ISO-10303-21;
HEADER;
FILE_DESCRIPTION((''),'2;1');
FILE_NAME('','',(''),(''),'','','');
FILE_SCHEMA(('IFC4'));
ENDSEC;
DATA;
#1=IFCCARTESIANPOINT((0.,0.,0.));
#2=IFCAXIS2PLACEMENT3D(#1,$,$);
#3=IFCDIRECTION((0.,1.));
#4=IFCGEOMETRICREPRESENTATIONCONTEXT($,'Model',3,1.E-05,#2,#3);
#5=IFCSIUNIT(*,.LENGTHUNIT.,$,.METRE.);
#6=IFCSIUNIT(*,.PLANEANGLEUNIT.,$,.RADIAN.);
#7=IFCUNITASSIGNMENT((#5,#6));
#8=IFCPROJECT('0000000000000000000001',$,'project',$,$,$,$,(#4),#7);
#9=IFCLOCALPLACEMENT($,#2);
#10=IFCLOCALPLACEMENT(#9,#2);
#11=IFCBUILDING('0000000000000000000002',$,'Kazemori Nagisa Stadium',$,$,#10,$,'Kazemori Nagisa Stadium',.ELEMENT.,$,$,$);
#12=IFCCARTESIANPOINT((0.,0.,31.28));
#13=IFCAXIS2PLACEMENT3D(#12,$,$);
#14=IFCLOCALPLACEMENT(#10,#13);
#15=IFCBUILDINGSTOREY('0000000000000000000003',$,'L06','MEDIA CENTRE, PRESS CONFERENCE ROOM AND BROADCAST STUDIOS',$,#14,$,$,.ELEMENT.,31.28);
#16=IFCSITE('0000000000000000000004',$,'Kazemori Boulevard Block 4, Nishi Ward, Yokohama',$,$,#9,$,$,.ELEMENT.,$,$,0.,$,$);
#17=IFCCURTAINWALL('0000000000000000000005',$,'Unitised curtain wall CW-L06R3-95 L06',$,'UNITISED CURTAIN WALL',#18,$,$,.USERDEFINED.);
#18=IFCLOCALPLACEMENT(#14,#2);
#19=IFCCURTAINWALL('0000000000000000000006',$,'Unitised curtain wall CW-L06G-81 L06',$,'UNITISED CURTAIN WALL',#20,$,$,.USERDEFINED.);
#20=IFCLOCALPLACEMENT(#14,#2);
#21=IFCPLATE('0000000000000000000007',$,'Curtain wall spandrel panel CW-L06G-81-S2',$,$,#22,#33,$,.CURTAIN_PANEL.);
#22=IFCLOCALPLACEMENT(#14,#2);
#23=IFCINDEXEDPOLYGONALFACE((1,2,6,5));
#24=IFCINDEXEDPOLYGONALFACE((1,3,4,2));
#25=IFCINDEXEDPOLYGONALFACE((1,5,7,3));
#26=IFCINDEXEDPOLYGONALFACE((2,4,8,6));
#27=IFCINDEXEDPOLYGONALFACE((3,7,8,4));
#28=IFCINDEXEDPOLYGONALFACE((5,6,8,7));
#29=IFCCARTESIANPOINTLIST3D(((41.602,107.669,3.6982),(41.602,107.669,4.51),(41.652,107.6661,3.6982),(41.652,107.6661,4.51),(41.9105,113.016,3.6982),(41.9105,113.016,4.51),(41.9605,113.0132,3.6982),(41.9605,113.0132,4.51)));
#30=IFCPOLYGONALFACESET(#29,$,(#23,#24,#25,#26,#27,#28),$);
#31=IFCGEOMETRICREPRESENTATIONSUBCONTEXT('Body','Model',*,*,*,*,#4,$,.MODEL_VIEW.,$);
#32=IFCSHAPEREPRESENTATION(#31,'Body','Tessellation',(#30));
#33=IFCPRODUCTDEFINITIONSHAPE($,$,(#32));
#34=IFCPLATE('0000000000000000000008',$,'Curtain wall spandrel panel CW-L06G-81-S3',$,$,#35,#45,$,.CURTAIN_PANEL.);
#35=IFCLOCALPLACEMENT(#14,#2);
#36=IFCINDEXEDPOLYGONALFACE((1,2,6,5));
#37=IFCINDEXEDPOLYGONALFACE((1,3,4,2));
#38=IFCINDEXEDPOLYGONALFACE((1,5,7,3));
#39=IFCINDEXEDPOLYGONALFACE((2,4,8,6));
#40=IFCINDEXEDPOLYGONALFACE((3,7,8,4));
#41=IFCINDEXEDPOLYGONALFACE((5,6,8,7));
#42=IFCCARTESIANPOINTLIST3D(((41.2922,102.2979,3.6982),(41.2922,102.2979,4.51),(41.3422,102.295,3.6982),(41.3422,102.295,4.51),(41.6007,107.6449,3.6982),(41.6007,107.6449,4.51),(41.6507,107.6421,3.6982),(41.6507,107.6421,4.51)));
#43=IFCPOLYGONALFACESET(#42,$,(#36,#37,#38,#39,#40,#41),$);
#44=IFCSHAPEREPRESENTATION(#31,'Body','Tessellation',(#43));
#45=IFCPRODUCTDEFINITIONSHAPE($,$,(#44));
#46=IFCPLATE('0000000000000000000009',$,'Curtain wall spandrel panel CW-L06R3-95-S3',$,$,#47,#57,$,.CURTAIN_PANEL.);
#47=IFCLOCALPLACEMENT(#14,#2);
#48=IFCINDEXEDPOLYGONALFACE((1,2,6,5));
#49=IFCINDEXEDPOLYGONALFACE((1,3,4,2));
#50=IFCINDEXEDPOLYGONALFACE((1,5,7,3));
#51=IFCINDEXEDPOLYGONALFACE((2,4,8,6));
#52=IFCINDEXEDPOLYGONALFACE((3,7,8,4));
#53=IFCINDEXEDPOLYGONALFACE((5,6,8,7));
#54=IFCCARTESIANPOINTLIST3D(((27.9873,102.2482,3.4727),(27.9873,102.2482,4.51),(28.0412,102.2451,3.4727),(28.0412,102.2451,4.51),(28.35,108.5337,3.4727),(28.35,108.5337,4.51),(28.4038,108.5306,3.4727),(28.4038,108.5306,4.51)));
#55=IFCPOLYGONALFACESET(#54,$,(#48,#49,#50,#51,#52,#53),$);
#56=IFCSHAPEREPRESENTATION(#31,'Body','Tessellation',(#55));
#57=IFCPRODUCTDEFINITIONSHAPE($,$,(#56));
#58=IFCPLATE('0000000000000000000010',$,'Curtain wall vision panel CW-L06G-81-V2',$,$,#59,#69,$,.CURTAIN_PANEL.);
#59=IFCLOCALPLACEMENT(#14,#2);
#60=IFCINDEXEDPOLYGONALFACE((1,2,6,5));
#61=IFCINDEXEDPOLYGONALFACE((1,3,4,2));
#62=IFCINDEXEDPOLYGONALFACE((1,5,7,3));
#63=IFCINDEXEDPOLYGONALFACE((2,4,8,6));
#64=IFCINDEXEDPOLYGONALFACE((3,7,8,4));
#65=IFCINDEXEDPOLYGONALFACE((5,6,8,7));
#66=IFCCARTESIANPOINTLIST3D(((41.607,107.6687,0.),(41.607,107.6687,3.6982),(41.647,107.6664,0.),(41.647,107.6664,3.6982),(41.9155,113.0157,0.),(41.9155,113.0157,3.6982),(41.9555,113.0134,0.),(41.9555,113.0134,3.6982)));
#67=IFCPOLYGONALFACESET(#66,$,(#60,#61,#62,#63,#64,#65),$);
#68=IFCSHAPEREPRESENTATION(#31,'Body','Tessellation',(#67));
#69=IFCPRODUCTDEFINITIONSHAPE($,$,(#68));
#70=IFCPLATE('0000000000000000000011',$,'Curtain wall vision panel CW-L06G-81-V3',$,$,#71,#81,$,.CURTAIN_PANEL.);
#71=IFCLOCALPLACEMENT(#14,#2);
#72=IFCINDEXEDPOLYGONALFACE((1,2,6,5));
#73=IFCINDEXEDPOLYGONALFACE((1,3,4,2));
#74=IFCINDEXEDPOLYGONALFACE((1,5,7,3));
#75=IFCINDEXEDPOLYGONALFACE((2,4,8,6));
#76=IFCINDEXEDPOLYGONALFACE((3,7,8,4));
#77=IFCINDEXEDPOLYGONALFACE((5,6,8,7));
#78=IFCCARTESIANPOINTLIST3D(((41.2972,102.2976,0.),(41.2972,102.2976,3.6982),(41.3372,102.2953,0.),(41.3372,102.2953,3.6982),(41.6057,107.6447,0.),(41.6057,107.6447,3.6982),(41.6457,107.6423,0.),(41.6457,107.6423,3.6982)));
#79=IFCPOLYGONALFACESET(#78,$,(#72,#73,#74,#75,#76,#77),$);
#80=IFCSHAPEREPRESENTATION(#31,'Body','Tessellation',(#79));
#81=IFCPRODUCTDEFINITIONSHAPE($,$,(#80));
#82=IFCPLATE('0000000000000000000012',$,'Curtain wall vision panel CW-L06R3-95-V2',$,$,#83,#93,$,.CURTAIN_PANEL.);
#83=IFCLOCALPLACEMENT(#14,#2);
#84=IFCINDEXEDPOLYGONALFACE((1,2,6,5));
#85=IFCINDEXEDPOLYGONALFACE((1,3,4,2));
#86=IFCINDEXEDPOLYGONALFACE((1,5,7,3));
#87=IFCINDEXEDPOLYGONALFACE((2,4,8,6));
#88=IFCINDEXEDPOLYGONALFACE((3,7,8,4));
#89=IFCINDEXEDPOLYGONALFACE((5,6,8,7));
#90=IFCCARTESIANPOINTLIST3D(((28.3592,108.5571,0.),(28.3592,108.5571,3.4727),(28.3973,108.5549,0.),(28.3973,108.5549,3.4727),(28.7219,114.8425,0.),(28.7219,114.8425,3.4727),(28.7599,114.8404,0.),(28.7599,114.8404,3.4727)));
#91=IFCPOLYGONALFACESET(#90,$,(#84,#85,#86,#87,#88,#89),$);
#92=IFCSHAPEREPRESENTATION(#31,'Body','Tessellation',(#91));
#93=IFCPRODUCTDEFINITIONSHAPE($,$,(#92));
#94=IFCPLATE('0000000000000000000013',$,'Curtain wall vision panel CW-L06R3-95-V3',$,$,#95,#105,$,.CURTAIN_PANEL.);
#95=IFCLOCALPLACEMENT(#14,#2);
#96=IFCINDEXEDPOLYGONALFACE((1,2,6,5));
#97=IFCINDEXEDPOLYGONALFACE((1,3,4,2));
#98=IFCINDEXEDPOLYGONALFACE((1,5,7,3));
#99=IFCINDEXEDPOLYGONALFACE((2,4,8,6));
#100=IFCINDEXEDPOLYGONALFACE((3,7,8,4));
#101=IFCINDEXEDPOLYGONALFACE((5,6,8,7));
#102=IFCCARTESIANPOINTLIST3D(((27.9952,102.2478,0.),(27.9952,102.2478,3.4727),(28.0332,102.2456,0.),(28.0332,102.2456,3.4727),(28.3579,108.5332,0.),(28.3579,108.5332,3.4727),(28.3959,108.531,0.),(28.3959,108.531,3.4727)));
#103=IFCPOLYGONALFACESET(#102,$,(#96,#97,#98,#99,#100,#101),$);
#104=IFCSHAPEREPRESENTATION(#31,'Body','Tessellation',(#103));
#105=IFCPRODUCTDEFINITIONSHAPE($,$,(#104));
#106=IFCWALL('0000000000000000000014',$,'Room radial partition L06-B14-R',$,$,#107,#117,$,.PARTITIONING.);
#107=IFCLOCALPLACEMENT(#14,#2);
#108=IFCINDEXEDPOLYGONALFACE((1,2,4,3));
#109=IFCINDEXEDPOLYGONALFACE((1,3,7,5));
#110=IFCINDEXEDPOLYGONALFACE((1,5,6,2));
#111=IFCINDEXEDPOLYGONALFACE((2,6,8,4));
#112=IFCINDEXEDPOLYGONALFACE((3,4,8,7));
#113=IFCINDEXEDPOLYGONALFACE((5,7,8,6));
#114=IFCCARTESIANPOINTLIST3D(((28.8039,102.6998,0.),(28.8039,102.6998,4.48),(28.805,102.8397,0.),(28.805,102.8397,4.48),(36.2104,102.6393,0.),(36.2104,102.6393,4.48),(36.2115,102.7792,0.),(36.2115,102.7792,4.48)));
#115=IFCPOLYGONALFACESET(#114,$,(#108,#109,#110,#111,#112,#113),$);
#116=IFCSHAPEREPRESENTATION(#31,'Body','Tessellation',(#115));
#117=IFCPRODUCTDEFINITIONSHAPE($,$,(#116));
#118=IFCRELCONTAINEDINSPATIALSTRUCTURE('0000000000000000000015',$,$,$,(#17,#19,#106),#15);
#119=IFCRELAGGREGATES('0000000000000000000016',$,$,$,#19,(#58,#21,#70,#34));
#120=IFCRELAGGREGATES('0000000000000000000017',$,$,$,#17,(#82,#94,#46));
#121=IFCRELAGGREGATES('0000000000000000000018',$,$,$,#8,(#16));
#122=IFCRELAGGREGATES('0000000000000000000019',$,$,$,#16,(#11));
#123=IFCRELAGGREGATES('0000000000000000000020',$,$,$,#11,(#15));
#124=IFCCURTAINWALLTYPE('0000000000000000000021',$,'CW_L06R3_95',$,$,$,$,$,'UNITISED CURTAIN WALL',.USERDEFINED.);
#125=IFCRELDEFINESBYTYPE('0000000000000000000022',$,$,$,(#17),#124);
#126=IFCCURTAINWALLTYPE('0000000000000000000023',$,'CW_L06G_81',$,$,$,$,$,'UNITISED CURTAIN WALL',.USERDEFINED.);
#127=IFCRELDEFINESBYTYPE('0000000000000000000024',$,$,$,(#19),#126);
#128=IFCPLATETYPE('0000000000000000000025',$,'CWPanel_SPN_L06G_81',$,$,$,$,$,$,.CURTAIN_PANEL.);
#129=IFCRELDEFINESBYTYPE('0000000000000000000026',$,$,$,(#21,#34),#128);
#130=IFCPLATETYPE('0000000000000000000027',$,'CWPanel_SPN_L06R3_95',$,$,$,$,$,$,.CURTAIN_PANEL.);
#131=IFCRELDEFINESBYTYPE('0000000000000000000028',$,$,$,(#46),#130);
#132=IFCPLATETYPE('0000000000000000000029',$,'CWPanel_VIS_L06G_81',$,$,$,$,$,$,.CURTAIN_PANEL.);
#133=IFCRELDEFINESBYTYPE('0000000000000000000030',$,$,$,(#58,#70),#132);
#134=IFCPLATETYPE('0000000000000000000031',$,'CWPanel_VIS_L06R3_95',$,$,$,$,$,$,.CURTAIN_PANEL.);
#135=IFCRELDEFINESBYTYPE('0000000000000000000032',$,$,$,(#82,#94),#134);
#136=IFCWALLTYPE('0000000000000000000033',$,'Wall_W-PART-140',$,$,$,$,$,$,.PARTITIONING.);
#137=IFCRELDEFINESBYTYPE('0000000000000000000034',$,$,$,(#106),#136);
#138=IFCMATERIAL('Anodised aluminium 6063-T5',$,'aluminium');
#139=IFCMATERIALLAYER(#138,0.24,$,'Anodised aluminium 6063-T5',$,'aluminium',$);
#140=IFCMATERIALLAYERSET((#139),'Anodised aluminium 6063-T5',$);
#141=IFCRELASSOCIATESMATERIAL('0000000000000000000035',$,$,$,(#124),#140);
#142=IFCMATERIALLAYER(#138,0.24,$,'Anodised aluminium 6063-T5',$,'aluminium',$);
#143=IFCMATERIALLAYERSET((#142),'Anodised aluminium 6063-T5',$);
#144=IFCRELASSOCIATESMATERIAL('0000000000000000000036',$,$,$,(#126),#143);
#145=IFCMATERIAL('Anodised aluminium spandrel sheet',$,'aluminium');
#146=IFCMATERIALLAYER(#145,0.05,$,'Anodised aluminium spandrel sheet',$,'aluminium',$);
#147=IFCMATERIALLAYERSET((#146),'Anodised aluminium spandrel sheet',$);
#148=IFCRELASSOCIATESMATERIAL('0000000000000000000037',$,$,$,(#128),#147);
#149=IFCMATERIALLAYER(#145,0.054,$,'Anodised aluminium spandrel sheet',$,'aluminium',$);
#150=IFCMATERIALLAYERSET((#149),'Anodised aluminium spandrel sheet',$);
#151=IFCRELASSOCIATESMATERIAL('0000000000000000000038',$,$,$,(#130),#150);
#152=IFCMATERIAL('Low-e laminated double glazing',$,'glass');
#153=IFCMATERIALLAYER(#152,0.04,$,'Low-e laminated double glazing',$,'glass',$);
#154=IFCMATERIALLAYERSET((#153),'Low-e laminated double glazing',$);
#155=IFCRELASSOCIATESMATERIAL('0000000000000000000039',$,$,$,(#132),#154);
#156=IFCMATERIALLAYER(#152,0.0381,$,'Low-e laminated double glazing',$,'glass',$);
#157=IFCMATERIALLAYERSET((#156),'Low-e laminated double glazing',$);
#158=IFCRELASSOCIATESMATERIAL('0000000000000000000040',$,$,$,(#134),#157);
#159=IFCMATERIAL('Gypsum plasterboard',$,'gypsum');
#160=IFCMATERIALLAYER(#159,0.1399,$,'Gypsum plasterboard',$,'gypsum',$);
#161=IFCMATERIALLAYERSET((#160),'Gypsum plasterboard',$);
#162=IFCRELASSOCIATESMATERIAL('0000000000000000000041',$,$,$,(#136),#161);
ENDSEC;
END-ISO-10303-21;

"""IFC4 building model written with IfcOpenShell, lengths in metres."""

from ifc_helpers import new_model, si_unit, direction, frame, frame_2d, origin, origin_2d, place, context, subcontext, project, spatial, rectangle, extrude, material, layer, layer_set, type_object, element, aggregate, save


model = new_model("IFC4")

# Units and contexts
model_context = context("Model", 3, precision=1e-05, world=origin(), true_north=direction((0.0, 1.0)))
body_context = subcontext(model_context, "Body", "Model", "MODEL_VIEW")
ifc_project = project(units=[si_unit("LENGTHUNIT", "METRE"), si_unit("PLANEANGLEUNIT", "RADIAN")], contexts=[model_context])

# Site, building, storey
site_placement = place(None, origin())
site = spatial("IfcSite", under=ifc_project, at=site_placement, Name="Kazemori Boulevard Block 4, Nishi Ward, Yokohama", CompositionType="ELEMENT", RefElevation=0.0)
building_placement = place(site_placement, origin())
building = spatial("IfcBuilding", under=site, at=building_placement, Name="Kazemori Nagisa Stadium", LongName="Kazemori Nagisa Stadium", CompositionType="ELEMENT")
storey_placement = place(building_placement, frame((0.0, 0.0, 31.28)))
storey = spatial("IfcBuildingStorey", under=building, at=storey_placement, Name="L06", Description="MEDIA CENTRE, PRESS CONFERENCE ROOM AND BROADCAST STUDIOS", CompositionType="ELEMENT", Elevation=31.28)

# Curtain walls
ifc_material_1 = material(Name="Anodised aluminium 6063-T5", Category="aluminium")
ifc_layer_1 = layer(ifc_material_1, 0.24, Name="Anodised aluminium 6063-T5", Category="aluminium")
ifc_layer_set_1 = layer_set([ifc_layer_1], Name="Anodised aluminium 6063-T5")
curtain_wall_type_1 = type_object("IfcCurtainWallType", Name="CW_L06R3_95", ElementType="UNITISED CURTAIN WALL", PredefinedType="USERDEFINED", material=ifc_layer_set_1)
curtain_wall_1_placement = place(storey_placement, origin())
curtain_wall_1 = element("IfcCurtainWall", 1, at=curtain_wall_1_placement, inside=storey, type_object=curtain_wall_type_1, Name="Unitised curtain wall CW-L06R3-95 L06", ObjectType="UNITISED CURTAIN WALL", PredefinedType="USERDEFINED")
ifc_layer_2 = layer(ifc_material_1, 0.24, Name="Anodised aluminium 6063-T5", Category="aluminium")
ifc_layer_set_2 = layer_set([ifc_layer_2], Name="Anodised aluminium 6063-T5")
curtain_wall_type_2 = type_object("IfcCurtainWallType", Name="CW_L06G_81", ElementType="UNITISED CURTAIN WALL", PredefinedType="USERDEFINED", material=ifc_layer_set_2)
curtain_wall_2_placement = place(storey_placement, origin())
curtain_wall_2 = element("IfcCurtainWall", 2, at=curtain_wall_2_placement, inside=storey, type_object=curtain_wall_type_2, Name="Unitised curtain wall CW-L06G-81 L06", ObjectType="UNITISED CURTAIN WALL", PredefinedType="USERDEFINED")

# Plates
ifc_material_2 = material(Name="Anodised aluminium spandrel sheet", Category="aluminium")
ifc_layer_3 = layer(ifc_material_2, 0.05, Name="Anodised aluminium spandrel sheet", Category="aluminium")
ifc_layer_set_3 = layer_set([ifc_layer_3], Name="Anodised aluminium spandrel sheet")
plate_type_1 = type_object("IfcPlateType", Name="CWPanel_SPN_L06G_81", PredefinedType="CURTAIN_PANEL", material=ifc_layer_set_3)
plate_1_placement = place(storey_placement, frame((41.7812, 110.3411, 3.6982), z_axis=(0.0, 0.0, 1.0), x_axis=(-0.057602, -0.99834, 0.0)))
plate_1 = element("IfcPlate", 3, at=plate_1_placement, type_object=plate_type_1, Name="Curtain wall spandrel panel CW-L06G-81-S2", PredefinedType="CURTAIN_PANEL", context=body_context, shape_type="SweptSolid", body=[
    extrude(rectangle(XDim=5.356, YDim=0.05, at=origin_2d()), origin(), (0.0, 0.0, 1.0), 0.8118),
])
plate_2_placement = place(storey_placement, frame((41.4714, 104.97, 3.6982), z_axis=(0.0, 0.0, 1.0), x_axis=(-0.057602, -0.99834, 0.0)))
plate_2 = element("IfcPlate", 4, at=plate_2_placement, type_object=plate_type_1, Name="Curtain wall spandrel panel CW-L06G-81-S3", PredefinedType="CURTAIN_PANEL", context=body_context, shape_type="SweptSolid", body=[
    extrude(rectangle(XDim=5.356, YDim=0.05, at=origin_2d()), origin(), (0.0, 0.0, 1.0), 0.8118),
])
ifc_layer_4 = layer(ifc_material_2, 0.054, Name="Anodised aluminium spandrel sheet", Category="aluminium")
ifc_layer_set_4 = layer_set([ifc_layer_4], Name="Anodised aluminium spandrel sheet")
plate_type_2 = type_object("IfcPlateType", Name="CWPanel_SPN_L06R3_95", PredefinedType="CURTAIN_PANEL", material=ifc_layer_set_4)
plate_3_placement = place(storey_placement, frame((28.1956, 105.3894, 3.4727), z_axis=(0.0, 0.0, 1.0), x_axis=(-0.057602, -0.99834, 0.0)))
plate_3 = element("IfcPlate", 5, at=plate_3_placement, type_object=plate_type_2, Name="Curtain wall spandrel panel CW-L06R3-95-S3", PredefinedType="CURTAIN_PANEL", context=body_context, shape_type="SweptSolid", body=[
    extrude(rectangle(XDim=6.2959, YDim=0.054, at=origin_2d()), origin(), (0.0, 0.0, 1.0), 1.0374),
])
ifc_material_3 = material(Name="Low-e laminated double glazing", Category="glass")
ifc_layer_5 = layer(ifc_material_3, 0.04, Name="Low-e laminated double glazing", Category="glass")
ifc_layer_set_5 = layer_set([ifc_layer_5], Name="Low-e laminated double glazing")
plate_type_3 = type_object("IfcPlateType", Name="CWPanel_VIS_L06G_81", PredefinedType="CURTAIN_PANEL", material=ifc_layer_set_5)
plate_4_placement = place(storey_placement, frame((41.7812, 110.3411, 0.0), z_axis=(0.0, 0.0, 1.0), x_axis=(-0.057602, -0.99834, 0.0)))
plate_4 = element("IfcPlate", 6, at=plate_4_placement, type_object=plate_type_3, Name="Curtain wall vision panel CW-L06G-81-V2", PredefinedType="CURTAIN_PANEL", context=body_context, shape_type="SweptSolid", body=[
    extrude(rectangle(XDim=5.356, YDim=0.04, at=origin_2d()), origin(), (0.0, 0.0, 1.0), 3.6982),
])
plate_5_placement = place(storey_placement, frame((41.4714, 104.97, 0.0), z_axis=(0.0, 0.0, 1.0), x_axis=(-0.057602, -0.99834, 0.0)))
plate_5 = element("IfcPlate", 7, at=plate_5_placement, type_object=plate_type_3, Name="Curtain wall vision panel CW-L06G-81-V3", PredefinedType="CURTAIN_PANEL", context=body_context, shape_type="SweptSolid", body=[
    extrude(rectangle(XDim=5.356, YDim=0.04, at=origin_2d()), origin(), (0.0, 0.0, 1.0), 3.6982),
])
aggregate(curtain_wall_2, [plate_4, plate_1, plate_5, plate_2])
ifc_layer_6 = layer(ifc_material_3, 0.0381, Name="Low-e laminated double glazing", Category="glass")
ifc_layer_set_6 = layer_set([ifc_layer_6], Name="Low-e laminated double glazing")
plate_type_4 = type_object("IfcPlateType", Name="CWPanel_VIS_L06R3_95", PredefinedType="CURTAIN_PANEL", material=ifc_layer_set_6)
plate_6_placement = place(storey_placement, frame((28.5596, 111.6987, 0.0), z_axis=(0.0, 0.0, 1.0), x_axis=(-0.057602, -0.99834, 0.0)))
plate_6 = element("IfcPlate", 8, at=plate_6_placement, type_object=plate_type_4, Name="Curtain wall vision panel CW-L06R3-95-V2", PredefinedType="CURTAIN_PANEL", context=body_context, shape_type="SweptSolid", body=[
    extrude(rectangle(XDim=6.2959, YDim=0.0381, at=origin_2d()), origin(), (0.0, 0.0, 1.0), 3.4727),
])
plate_7_placement = place(storey_placement, frame((28.1956, 105.3894, 0.0), z_axis=(0.0, 0.0, 1.0), x_axis=(-0.057602, -0.99834, 0.0)))
plate_7 = element("IfcPlate", 9, at=plate_7_placement, type_object=plate_type_4, Name="Curtain wall vision panel CW-L06R3-95-V3", PredefinedType="CURTAIN_PANEL", context=body_context, shape_type="SweptSolid", body=[
    extrude(rectangle(XDim=6.2959, YDim=0.0381, at=origin_2d()), origin(), (0.0, 0.0, 1.0), 3.4727),
])
aggregate(curtain_wall_1, [plate_6, plate_7, plate_3])

# Wall
ifc_material_4 = material(Name="Gypsum plasterboard", Category="gypsum")
ifc_layer_7 = layer(ifc_material_4, 0.1399, Name="Gypsum plasterboard", Category="gypsum")
ifc_layer_set_7 = layer_set([ifc_layer_7], Name="Gypsum plasterboard")
wall_type = type_object("IfcWallType", Name="Wall_W-PART-140", PredefinedType="PARTITIONING", material=ifc_layer_set_7)
wall_placement = place(storey_placement, frame((36.2109, 102.7092, 0.0), z_axis=(0.0, 0.0, 1.0), x_axis=(-0.999967, 0.008175, 0.0)))
element("IfcWall", 10, at=wall_placement, inside=storey, type_object=wall_type, Name="Room radial partition L06-B14-R", PredefinedType="PARTITIONING", context=body_context, shape_type="SweptSolid", body=[
    extrude(rectangle(XDim=7.4067, YDim=0.1399, at=frame_2d((3.7034, 0.0))), origin(), (0.0, 0.0, 1.0), 4.48),
])

save(model, "model.ifc")
